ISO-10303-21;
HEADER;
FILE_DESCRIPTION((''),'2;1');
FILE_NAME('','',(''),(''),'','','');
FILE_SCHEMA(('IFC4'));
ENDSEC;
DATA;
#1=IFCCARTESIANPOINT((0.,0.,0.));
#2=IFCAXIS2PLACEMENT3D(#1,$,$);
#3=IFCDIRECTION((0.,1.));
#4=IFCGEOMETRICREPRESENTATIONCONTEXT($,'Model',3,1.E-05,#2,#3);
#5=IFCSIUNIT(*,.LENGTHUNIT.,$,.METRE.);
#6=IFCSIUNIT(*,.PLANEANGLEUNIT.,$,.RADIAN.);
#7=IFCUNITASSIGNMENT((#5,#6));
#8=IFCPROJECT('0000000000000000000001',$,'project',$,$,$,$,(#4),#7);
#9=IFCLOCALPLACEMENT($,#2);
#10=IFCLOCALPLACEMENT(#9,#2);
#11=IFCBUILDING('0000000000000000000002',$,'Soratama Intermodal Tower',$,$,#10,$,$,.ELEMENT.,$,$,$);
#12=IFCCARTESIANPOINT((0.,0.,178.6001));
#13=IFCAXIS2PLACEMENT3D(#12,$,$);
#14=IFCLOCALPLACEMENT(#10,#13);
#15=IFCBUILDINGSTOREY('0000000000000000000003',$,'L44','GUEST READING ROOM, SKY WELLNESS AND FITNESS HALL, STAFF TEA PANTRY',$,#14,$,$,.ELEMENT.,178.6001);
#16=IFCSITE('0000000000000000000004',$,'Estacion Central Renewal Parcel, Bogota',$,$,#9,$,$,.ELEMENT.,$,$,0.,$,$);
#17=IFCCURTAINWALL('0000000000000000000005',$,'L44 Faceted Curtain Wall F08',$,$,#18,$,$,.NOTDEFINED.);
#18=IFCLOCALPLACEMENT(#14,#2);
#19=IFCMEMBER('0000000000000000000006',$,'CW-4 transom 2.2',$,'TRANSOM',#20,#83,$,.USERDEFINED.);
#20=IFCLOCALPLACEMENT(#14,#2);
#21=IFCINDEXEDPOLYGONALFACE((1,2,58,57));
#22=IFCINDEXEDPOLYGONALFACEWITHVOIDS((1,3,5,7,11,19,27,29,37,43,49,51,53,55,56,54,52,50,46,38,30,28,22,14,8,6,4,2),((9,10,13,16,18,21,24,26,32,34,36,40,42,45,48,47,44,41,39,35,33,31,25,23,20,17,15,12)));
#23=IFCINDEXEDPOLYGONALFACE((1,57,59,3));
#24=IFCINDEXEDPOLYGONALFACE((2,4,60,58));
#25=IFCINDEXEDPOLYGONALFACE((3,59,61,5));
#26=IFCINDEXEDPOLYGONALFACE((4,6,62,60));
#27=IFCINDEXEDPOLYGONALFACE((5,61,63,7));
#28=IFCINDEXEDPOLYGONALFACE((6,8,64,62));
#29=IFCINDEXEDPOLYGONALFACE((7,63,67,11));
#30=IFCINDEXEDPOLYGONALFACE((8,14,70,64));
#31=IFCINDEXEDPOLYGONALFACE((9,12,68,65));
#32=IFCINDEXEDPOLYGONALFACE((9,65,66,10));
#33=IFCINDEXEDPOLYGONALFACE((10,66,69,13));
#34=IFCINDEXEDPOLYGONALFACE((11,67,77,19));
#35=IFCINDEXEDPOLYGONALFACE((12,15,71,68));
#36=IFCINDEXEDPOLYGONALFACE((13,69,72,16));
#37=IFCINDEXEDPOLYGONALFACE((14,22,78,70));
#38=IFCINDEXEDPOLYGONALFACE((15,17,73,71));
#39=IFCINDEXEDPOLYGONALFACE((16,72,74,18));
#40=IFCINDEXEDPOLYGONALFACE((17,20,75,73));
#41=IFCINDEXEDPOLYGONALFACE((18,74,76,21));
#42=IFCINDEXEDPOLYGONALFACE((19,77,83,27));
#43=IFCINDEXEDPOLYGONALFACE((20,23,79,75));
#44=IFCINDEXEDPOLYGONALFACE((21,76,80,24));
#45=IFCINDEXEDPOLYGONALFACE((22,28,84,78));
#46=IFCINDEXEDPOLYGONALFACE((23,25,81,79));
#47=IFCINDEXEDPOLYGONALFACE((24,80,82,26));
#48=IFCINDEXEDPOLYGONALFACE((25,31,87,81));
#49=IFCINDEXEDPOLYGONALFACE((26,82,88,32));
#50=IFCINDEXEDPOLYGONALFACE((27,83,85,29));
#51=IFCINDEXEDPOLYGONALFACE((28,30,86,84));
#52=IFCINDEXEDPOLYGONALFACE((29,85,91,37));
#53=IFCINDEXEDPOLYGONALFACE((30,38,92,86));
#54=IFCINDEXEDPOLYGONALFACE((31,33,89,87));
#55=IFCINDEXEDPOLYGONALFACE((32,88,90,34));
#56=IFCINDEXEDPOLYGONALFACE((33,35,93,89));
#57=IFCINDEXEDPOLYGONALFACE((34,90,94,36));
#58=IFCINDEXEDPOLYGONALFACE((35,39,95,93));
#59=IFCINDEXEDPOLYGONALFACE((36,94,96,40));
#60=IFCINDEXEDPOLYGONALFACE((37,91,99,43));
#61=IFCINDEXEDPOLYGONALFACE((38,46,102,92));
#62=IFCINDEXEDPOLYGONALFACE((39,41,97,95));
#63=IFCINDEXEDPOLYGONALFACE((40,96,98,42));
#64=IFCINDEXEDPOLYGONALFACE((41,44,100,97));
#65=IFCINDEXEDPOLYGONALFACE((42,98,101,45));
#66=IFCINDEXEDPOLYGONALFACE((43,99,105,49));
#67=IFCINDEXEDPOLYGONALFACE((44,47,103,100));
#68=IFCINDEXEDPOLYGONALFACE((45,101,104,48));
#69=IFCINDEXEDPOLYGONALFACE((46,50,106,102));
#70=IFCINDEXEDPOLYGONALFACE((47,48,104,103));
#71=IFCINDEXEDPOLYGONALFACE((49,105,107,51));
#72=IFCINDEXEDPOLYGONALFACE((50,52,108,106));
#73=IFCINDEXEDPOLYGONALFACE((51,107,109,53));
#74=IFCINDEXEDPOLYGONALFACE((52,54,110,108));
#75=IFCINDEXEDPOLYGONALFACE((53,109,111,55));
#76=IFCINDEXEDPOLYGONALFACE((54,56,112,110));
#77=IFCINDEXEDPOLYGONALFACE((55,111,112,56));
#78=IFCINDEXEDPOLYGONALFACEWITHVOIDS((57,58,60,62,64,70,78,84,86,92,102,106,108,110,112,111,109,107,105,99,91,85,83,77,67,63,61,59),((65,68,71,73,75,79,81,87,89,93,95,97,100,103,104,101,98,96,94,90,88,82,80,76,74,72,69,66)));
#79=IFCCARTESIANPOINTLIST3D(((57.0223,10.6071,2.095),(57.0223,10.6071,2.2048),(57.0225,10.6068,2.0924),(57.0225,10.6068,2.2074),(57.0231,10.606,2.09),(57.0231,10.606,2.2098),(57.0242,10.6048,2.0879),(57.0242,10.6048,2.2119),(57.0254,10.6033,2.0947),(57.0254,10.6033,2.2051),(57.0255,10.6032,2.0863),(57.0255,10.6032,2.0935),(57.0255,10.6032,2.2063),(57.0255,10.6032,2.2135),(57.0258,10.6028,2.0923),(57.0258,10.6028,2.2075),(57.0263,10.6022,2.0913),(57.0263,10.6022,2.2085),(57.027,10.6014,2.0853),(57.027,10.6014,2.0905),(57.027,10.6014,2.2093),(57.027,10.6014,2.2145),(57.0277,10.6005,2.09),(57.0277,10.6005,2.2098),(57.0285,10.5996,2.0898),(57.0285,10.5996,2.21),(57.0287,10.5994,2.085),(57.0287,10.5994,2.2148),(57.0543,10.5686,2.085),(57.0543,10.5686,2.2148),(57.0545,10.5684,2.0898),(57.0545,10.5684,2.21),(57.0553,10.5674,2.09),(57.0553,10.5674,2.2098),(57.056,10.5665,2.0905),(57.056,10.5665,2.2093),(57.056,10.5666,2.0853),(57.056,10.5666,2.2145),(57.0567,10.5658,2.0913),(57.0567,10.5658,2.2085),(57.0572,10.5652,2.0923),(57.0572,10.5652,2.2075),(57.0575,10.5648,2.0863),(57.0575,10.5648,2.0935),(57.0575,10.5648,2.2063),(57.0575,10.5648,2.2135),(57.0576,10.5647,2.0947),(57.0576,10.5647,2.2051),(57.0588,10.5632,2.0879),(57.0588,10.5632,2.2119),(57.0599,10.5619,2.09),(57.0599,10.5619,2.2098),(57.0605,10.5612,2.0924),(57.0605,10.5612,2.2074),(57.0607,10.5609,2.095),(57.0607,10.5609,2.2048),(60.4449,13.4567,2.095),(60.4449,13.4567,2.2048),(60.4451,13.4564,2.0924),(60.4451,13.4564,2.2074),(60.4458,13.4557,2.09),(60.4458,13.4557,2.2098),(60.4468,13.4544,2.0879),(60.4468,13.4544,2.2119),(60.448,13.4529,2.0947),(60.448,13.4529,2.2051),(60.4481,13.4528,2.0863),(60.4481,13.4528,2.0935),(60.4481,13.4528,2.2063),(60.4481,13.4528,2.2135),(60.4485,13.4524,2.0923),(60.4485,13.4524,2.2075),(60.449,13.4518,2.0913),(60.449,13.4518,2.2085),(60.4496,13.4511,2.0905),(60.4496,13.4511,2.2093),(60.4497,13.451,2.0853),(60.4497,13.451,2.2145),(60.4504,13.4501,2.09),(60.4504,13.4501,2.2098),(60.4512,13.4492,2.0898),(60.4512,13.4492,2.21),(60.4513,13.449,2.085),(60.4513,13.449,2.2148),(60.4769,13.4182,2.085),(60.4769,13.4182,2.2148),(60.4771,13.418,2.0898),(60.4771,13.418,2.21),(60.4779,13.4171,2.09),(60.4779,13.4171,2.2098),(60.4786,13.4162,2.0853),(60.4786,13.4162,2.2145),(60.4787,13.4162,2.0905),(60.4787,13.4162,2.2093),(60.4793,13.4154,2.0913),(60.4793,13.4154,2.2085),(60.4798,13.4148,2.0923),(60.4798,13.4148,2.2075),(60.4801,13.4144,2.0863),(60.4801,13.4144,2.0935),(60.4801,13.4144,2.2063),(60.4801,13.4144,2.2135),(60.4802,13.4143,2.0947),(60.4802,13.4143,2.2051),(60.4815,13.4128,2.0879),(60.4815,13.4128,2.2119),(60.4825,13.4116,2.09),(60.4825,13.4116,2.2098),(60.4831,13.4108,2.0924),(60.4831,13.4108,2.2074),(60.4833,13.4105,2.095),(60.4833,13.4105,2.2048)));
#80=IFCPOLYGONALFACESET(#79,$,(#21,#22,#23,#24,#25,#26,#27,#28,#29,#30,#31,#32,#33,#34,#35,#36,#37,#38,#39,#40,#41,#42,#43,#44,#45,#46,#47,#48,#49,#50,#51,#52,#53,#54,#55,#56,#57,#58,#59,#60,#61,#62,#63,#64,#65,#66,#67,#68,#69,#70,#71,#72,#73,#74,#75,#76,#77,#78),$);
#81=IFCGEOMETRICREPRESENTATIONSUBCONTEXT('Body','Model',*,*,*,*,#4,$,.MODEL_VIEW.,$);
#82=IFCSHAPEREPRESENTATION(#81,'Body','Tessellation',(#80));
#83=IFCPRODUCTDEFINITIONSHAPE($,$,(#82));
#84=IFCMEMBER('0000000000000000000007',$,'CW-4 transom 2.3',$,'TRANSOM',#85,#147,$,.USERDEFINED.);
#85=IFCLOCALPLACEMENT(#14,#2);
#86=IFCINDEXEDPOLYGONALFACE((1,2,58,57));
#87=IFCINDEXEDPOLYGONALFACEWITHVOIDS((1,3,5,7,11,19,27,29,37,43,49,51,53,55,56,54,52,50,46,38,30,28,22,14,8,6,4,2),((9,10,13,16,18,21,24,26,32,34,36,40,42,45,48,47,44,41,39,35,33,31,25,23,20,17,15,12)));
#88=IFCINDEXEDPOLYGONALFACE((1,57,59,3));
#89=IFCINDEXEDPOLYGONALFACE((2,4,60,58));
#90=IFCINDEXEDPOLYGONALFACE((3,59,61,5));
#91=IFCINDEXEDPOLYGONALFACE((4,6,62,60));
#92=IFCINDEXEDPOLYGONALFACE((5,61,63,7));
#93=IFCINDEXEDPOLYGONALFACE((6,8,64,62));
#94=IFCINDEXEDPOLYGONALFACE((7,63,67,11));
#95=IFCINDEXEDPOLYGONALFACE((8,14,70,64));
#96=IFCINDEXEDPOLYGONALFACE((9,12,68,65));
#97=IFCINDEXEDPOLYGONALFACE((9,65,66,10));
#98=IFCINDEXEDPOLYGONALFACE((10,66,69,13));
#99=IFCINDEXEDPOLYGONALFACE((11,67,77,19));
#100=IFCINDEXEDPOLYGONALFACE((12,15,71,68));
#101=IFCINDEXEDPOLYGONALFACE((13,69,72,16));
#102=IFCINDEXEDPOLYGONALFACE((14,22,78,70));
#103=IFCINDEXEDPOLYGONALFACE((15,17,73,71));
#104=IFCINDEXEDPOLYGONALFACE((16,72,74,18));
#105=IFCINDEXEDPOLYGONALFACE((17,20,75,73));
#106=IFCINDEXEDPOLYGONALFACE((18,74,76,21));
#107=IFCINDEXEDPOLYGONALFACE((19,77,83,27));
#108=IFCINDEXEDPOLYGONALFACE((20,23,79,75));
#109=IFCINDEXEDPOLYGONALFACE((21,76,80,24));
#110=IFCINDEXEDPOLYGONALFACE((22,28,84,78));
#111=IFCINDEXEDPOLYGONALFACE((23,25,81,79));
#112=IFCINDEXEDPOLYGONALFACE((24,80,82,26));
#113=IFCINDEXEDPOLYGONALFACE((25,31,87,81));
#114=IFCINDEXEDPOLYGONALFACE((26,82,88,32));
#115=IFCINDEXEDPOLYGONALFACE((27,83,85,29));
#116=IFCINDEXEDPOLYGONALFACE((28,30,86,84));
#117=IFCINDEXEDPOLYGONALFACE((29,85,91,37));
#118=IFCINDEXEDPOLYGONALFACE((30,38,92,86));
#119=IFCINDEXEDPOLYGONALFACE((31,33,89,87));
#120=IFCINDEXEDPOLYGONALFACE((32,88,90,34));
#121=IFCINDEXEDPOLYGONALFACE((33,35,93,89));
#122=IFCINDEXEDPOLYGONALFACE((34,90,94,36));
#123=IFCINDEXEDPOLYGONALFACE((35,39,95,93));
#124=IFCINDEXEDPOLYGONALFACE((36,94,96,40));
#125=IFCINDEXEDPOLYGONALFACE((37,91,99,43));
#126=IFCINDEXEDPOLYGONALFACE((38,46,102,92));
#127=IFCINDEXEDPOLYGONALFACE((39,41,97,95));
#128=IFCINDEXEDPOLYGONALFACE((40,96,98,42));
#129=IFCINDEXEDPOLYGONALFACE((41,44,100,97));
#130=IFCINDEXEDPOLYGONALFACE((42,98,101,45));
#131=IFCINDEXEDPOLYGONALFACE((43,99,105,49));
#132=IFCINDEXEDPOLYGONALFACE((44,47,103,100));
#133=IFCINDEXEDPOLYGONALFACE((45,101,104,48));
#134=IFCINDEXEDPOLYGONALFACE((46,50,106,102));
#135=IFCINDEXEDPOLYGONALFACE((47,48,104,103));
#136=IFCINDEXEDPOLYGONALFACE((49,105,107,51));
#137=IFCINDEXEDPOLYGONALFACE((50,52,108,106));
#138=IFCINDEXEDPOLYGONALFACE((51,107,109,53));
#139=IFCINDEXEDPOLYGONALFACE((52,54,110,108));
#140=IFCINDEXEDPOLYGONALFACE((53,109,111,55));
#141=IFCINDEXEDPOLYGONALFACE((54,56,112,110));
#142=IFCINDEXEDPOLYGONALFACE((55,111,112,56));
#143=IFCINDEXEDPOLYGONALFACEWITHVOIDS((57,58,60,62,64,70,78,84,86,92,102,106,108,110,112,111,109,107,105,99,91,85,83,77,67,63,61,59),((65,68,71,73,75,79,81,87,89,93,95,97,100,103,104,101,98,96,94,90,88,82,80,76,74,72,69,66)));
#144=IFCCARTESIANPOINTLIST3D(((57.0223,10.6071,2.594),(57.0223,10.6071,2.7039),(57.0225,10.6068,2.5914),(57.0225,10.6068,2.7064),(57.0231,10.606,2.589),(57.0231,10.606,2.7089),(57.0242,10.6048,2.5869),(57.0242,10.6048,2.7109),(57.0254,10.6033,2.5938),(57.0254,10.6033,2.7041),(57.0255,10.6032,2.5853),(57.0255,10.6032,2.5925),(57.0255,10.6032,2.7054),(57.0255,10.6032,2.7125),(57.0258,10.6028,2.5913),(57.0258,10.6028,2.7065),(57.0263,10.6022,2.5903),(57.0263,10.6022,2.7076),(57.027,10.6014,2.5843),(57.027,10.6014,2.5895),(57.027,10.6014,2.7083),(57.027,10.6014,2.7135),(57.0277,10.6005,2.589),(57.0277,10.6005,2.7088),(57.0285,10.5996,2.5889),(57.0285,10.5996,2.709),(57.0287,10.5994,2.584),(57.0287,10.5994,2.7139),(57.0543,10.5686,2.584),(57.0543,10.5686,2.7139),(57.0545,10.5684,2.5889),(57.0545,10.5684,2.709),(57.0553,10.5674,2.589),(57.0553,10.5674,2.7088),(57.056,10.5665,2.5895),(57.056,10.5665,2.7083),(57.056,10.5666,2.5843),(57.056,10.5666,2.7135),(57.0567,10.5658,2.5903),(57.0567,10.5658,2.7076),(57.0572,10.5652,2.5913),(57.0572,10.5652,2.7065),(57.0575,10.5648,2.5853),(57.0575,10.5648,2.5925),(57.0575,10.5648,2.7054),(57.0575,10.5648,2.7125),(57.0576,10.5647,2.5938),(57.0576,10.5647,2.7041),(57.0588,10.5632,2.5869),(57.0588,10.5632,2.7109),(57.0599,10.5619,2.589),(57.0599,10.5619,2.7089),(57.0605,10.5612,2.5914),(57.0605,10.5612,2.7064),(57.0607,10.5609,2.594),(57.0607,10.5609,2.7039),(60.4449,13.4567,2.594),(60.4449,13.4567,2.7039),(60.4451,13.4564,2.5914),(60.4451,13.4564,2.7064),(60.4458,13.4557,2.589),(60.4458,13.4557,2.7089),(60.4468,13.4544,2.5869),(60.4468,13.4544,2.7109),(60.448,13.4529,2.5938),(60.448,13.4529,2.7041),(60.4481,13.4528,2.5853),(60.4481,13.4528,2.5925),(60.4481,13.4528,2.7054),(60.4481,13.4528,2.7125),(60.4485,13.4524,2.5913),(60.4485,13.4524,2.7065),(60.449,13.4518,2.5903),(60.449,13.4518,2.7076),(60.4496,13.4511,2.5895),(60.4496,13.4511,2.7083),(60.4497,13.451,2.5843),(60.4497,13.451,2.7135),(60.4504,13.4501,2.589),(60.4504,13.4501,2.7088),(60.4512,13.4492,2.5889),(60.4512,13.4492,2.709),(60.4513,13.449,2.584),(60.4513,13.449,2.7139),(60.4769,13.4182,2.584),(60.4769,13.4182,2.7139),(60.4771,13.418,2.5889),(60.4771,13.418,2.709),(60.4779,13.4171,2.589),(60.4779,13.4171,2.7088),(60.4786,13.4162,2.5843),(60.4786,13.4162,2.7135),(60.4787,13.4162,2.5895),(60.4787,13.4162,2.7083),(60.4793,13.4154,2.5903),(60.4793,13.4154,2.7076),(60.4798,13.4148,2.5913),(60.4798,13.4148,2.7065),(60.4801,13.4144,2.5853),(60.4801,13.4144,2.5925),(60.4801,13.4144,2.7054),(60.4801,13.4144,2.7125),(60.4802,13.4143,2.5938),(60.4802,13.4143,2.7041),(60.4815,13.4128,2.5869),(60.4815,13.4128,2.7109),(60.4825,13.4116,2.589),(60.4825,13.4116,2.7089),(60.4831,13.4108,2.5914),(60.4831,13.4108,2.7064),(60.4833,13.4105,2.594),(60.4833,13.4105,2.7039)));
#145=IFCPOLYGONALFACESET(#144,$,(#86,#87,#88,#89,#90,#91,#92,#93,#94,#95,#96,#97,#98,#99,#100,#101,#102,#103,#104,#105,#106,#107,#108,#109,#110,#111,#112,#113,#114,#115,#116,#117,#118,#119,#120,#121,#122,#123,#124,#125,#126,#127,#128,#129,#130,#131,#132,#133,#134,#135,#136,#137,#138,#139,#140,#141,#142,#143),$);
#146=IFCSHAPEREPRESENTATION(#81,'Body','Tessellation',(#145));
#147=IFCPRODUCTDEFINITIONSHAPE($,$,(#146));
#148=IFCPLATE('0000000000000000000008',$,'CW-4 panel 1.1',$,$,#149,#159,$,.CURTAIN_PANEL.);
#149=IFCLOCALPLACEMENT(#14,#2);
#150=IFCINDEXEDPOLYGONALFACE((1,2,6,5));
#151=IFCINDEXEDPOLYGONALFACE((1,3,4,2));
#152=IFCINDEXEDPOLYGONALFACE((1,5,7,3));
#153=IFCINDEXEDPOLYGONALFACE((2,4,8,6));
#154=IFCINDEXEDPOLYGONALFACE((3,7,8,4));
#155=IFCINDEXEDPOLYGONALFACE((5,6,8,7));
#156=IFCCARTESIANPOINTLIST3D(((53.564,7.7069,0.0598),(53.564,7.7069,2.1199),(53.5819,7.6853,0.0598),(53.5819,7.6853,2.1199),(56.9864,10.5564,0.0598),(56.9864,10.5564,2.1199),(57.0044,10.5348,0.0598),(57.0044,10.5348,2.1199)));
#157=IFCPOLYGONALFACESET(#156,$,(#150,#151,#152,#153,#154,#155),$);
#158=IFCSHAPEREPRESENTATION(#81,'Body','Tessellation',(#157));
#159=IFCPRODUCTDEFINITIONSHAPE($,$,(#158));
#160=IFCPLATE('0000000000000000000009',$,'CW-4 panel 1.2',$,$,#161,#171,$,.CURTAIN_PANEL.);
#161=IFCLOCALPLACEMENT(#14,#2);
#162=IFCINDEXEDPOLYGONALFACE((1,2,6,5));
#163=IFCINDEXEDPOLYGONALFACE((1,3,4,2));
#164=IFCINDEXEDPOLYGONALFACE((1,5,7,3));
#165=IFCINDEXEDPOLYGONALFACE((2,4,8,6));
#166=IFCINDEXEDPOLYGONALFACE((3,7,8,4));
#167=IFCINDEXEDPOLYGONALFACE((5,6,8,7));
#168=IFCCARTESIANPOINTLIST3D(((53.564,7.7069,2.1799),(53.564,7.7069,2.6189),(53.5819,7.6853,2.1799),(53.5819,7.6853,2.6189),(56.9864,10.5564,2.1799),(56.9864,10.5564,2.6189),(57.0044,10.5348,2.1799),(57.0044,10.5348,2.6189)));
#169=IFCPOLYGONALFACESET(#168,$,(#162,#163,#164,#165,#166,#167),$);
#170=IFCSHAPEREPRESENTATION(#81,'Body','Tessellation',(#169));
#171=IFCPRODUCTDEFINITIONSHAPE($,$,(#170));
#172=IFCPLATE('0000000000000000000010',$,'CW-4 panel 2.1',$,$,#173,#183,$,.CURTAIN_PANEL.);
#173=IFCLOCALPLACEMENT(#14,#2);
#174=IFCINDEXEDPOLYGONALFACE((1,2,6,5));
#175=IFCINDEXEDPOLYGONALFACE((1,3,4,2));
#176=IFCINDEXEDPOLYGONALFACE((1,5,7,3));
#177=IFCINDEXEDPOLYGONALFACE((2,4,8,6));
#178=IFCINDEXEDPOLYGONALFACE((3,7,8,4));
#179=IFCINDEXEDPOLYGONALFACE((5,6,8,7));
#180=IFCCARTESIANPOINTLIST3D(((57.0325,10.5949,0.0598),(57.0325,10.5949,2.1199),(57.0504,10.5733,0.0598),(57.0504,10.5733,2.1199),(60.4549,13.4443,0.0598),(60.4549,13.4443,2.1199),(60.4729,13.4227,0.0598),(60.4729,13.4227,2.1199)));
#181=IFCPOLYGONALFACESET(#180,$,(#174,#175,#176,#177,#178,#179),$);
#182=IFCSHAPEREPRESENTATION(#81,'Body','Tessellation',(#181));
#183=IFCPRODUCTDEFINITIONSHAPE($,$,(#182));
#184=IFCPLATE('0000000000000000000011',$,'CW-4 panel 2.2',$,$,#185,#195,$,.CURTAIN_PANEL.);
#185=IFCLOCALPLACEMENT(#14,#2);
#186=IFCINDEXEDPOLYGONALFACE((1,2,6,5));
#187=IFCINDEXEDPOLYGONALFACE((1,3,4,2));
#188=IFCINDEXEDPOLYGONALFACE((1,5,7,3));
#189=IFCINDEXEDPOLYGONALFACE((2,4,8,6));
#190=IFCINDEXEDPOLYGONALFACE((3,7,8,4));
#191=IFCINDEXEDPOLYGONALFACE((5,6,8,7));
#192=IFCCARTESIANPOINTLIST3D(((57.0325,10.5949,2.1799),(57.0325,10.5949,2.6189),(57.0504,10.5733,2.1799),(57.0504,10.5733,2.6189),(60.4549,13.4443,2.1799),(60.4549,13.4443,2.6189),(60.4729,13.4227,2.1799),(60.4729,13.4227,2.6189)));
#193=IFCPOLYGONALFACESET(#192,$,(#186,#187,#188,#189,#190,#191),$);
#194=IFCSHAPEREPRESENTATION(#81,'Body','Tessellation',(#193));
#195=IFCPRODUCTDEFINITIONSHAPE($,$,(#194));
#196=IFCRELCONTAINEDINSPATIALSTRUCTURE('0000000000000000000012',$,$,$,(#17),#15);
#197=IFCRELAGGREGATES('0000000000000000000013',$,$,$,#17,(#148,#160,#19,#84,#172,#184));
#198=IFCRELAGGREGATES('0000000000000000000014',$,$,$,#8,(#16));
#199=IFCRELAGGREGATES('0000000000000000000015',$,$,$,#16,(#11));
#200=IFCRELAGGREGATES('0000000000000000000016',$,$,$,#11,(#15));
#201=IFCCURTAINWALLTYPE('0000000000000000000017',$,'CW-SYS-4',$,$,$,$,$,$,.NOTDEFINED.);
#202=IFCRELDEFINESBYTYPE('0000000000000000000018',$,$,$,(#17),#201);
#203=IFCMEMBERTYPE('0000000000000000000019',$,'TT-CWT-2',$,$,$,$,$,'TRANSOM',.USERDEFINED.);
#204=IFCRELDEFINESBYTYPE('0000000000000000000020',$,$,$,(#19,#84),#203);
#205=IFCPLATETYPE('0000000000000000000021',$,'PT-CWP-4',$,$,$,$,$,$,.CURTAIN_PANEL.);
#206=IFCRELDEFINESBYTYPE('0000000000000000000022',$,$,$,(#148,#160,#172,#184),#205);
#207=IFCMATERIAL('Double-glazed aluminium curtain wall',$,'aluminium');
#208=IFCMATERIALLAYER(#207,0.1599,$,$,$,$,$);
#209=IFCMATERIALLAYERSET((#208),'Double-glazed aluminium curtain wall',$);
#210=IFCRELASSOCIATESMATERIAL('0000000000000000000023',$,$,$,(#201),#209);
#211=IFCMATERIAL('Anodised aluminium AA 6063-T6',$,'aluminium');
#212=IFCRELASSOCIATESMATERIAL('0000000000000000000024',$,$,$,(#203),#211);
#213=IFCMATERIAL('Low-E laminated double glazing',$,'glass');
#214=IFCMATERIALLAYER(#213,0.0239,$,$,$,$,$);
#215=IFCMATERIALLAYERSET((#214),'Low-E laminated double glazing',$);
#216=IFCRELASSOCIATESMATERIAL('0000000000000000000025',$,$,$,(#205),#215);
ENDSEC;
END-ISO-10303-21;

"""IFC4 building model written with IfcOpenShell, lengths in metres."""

from ifc_helpers import new_model, si_unit, direction, frame, origin, origin_2d, place, context, subcontext, project, spatial, rectangle, hollow_rectangle, extrude, material, layer, layer_set, material_profile, profile_set, type_object, element, aggregate, save


model = new_model("IFC4")

# Units and contexts
model_context = context("Model", 3, precision=1e-05, world=origin(), true_north=direction((0.0, 1.0)))
body_context = subcontext(model_context, "Body", "Model", "MODEL_VIEW")
ifc_project = project(units=[si_unit("LENGTHUNIT", "METRE"), si_unit("PLANEANGLEUNIT", "RADIAN")], contexts=[model_context])

# Site, building, storey
site_placement = place(None, origin())
site = spatial("IfcSite", under=ifc_project, at=site_placement, Name="Estacion Central Renewal Parcel, Bogota", CompositionType="ELEMENT", RefElevation=0.0)
building_placement = place(site_placement, origin())
building = spatial("IfcBuilding", under=site, at=building_placement, Name="Soratama Intermodal Tower", CompositionType="ELEMENT")
storey_placement = place(building_placement, frame((0.0, 0.0, 178.6001)))
storey = spatial("IfcBuildingStorey", under=building, at=storey_placement, Name="L44", Description="GUEST READING ROOM, SKY WELLNESS AND FITNESS HALL, STAFF TEA PANTRY", CompositionType="ELEMENT", Elevation=178.6001)

# Curtain wall, members, plates
ifc_material_1 = material(Name="Double-glazed aluminium curtain wall", Category="aluminium")
ifc_layer_1 = layer(ifc_material_1, 0.1599)
ifc_layer_set_1 = layer_set([ifc_layer_1], Name="Double-glazed aluminium curtain wall")
curtain_wall_type = type_object("IfcCurtainWallType", Name="CW-SYS-4", PredefinedType="NOTDEFINED", material=ifc_layer_set_1)
curtain_wall_placement = place(storey_placement, origin())
curtain_wall = element("IfcCurtainWall", 1, at=curtain_wall_placement, inside=storey, type_object=curtain_wall_type, Name="L44 Faceted Curtain Wall F08", PredefinedType="NOTDEFINED")
ifc_material_2 = material(Name="Anodised aluminium AA 6063-T6", Category="aluminium")
ifc_material_profile_1 = material_profile(ifc_material_2, hollow_rectangle(XDim=0.0601, YDim=0.1299, WallThickness=0.0049, InnerFilletRadius=0.0049, OuterFilletRadius=0.01, at=origin_2d()), Name="CWT130X60X5")
ifc_profile_set_1 = profile_set([ifc_material_profile_1], Name="Anodised aluminium AA 6063-T6")
member_type_1 = type_object("IfcMemberType", Name="TT-CWT-2", ElementType="TRANSOM", PredefinedType="USERDEFINED", material=ifc_profile_set_1)
member_1_placement = place(storey_placement, frame((57.0415, 10.584, 2.1499), z_axis=(0.768504, 0.639845, 0.0), x_axis=(-0.639845, 0.768504, 0.0)))
member_1 = element("IfcMember", 2, at=member_1_placement, type_object=member_type_1, Name="CW-4 transom 2.2", ObjectType="TRANSOM", PredefinedType="USERDEFINED", context=body_context, shape_type="SweptSolid", body=[
    extrude(hollow_rectangle(XDim=0.0601, YDim=0.1299, WallThickness=0.0049, InnerFilletRadius=0.0049, OuterFilletRadius=0.01, at=origin_2d()), origin(), (0.0, 0.0, 1.0), 4.4536),
])
member_2_placement = place(storey_placement, frame((57.0415, 10.584, 2.6489), z_axis=(0.768504, 0.639845, 0.0), x_axis=(-0.639845, 0.768504, 0.0)))
member_2 = element("IfcMember", 3, at=member_2_placement, type_object=member_type_1, Name="CW-4 transom 2.3", ObjectType="TRANSOM", PredefinedType="USERDEFINED", context=body_context, shape_type="SweptSolid", body=[
    extrude(hollow_rectangle(XDim=0.0601, YDim=0.1299, WallThickness=0.0049, InnerFilletRadius=0.0049, OuterFilletRadius=0.01, at=origin_2d()), origin(), (0.0, 0.0, 1.0), 4.4536),
])
ifc_material_3 = material(Name="Low-E laminated double glazing", Category="glass")
ifc_layer_2 = layer(ifc_material_3, 0.0239)
ifc_layer_set_2 = layer_set([ifc_layer_2], Name="Low-E laminated double glazing")
plate_type = type_object("IfcPlateType", Name="PT-CWP-4", PredefinedType="CURTAIN_PANEL", material=ifc_layer_set_2)
plate_1_placement = place(storey_placement, frame((55.2842, 9.1208, 0.0598), z_axis=(0.0, 0.0, 1.0), x_axis=(0.768508, 0.63984, 0.0)))
plate_1 = element("IfcPlate", 4, at=plate_1_placement, type_object=plate_type, Name="CW-4 panel 1.1", PredefinedType="CURTAIN_PANEL", context=body_context, shape_type="SweptSolid", body=[
    extrude(rectangle(XDim=4.4534, YDim=0.0281, at=origin_2d()), origin(), (0.0, 0.0, 1.0), 2.0601),
])
plate_2_placement = place(storey_placement, frame((55.2842, 9.1208, 2.1799), z_axis=(0.0, 0.0, 1.0), x_axis=(0.768508, 0.63984, 0.0)))
plate_2 = element("IfcPlate", 5, at=plate_2_placement, type_object=plate_type, Name="CW-4 panel 1.2", PredefinedType="CURTAIN_PANEL", context=body_context, shape_type="SweptSolid", body=[
    extrude(rectangle(XDim=4.4534, YDim=0.0281, at=origin_2d()), origin(), (0.0, 0.0, 1.0), 0.439),
])
plate_3_placement = place(storey_placement, frame((58.7527, 12.0088, 0.0598), z_axis=(0.0, 0.0, 1.0), x_axis=(0.768508, 0.63984, 0.0)))
plate_3 = element("IfcPlate", 6, at=plate_3_placement, type_object=plate_type, Name="CW-4 panel 2.1", PredefinedType="CURTAIN_PANEL", context=body_context, shape_type="SweptSolid", body=[
    extrude(rectangle(XDim=4.4534, YDim=0.0281, at=origin_2d()), origin(), (0.0, 0.0, 1.0), 2.0601),
])
plate_4_placement = place(storey_placement, frame((58.7527, 12.0088, 2.1799), z_axis=(0.0, 0.0, 1.0), x_axis=(0.768508, 0.63984, 0.0)))
plate_4 = element("IfcPlate", 7, at=plate_4_placement, type_object=plate_type, Name="CW-4 panel 2.2", PredefinedType="CURTAIN_PANEL", context=body_context, shape_type="SweptSolid", body=[
    extrude(rectangle(XDim=4.4534, YDim=0.0281, at=origin_2d()), origin(), (0.0, 0.0, 1.0), 0.439),
])
aggregate(curtain_wall, [plate_1, plate_2, member_1, member_2, plate_3, plate_4])

save(model, "model.ifc")
